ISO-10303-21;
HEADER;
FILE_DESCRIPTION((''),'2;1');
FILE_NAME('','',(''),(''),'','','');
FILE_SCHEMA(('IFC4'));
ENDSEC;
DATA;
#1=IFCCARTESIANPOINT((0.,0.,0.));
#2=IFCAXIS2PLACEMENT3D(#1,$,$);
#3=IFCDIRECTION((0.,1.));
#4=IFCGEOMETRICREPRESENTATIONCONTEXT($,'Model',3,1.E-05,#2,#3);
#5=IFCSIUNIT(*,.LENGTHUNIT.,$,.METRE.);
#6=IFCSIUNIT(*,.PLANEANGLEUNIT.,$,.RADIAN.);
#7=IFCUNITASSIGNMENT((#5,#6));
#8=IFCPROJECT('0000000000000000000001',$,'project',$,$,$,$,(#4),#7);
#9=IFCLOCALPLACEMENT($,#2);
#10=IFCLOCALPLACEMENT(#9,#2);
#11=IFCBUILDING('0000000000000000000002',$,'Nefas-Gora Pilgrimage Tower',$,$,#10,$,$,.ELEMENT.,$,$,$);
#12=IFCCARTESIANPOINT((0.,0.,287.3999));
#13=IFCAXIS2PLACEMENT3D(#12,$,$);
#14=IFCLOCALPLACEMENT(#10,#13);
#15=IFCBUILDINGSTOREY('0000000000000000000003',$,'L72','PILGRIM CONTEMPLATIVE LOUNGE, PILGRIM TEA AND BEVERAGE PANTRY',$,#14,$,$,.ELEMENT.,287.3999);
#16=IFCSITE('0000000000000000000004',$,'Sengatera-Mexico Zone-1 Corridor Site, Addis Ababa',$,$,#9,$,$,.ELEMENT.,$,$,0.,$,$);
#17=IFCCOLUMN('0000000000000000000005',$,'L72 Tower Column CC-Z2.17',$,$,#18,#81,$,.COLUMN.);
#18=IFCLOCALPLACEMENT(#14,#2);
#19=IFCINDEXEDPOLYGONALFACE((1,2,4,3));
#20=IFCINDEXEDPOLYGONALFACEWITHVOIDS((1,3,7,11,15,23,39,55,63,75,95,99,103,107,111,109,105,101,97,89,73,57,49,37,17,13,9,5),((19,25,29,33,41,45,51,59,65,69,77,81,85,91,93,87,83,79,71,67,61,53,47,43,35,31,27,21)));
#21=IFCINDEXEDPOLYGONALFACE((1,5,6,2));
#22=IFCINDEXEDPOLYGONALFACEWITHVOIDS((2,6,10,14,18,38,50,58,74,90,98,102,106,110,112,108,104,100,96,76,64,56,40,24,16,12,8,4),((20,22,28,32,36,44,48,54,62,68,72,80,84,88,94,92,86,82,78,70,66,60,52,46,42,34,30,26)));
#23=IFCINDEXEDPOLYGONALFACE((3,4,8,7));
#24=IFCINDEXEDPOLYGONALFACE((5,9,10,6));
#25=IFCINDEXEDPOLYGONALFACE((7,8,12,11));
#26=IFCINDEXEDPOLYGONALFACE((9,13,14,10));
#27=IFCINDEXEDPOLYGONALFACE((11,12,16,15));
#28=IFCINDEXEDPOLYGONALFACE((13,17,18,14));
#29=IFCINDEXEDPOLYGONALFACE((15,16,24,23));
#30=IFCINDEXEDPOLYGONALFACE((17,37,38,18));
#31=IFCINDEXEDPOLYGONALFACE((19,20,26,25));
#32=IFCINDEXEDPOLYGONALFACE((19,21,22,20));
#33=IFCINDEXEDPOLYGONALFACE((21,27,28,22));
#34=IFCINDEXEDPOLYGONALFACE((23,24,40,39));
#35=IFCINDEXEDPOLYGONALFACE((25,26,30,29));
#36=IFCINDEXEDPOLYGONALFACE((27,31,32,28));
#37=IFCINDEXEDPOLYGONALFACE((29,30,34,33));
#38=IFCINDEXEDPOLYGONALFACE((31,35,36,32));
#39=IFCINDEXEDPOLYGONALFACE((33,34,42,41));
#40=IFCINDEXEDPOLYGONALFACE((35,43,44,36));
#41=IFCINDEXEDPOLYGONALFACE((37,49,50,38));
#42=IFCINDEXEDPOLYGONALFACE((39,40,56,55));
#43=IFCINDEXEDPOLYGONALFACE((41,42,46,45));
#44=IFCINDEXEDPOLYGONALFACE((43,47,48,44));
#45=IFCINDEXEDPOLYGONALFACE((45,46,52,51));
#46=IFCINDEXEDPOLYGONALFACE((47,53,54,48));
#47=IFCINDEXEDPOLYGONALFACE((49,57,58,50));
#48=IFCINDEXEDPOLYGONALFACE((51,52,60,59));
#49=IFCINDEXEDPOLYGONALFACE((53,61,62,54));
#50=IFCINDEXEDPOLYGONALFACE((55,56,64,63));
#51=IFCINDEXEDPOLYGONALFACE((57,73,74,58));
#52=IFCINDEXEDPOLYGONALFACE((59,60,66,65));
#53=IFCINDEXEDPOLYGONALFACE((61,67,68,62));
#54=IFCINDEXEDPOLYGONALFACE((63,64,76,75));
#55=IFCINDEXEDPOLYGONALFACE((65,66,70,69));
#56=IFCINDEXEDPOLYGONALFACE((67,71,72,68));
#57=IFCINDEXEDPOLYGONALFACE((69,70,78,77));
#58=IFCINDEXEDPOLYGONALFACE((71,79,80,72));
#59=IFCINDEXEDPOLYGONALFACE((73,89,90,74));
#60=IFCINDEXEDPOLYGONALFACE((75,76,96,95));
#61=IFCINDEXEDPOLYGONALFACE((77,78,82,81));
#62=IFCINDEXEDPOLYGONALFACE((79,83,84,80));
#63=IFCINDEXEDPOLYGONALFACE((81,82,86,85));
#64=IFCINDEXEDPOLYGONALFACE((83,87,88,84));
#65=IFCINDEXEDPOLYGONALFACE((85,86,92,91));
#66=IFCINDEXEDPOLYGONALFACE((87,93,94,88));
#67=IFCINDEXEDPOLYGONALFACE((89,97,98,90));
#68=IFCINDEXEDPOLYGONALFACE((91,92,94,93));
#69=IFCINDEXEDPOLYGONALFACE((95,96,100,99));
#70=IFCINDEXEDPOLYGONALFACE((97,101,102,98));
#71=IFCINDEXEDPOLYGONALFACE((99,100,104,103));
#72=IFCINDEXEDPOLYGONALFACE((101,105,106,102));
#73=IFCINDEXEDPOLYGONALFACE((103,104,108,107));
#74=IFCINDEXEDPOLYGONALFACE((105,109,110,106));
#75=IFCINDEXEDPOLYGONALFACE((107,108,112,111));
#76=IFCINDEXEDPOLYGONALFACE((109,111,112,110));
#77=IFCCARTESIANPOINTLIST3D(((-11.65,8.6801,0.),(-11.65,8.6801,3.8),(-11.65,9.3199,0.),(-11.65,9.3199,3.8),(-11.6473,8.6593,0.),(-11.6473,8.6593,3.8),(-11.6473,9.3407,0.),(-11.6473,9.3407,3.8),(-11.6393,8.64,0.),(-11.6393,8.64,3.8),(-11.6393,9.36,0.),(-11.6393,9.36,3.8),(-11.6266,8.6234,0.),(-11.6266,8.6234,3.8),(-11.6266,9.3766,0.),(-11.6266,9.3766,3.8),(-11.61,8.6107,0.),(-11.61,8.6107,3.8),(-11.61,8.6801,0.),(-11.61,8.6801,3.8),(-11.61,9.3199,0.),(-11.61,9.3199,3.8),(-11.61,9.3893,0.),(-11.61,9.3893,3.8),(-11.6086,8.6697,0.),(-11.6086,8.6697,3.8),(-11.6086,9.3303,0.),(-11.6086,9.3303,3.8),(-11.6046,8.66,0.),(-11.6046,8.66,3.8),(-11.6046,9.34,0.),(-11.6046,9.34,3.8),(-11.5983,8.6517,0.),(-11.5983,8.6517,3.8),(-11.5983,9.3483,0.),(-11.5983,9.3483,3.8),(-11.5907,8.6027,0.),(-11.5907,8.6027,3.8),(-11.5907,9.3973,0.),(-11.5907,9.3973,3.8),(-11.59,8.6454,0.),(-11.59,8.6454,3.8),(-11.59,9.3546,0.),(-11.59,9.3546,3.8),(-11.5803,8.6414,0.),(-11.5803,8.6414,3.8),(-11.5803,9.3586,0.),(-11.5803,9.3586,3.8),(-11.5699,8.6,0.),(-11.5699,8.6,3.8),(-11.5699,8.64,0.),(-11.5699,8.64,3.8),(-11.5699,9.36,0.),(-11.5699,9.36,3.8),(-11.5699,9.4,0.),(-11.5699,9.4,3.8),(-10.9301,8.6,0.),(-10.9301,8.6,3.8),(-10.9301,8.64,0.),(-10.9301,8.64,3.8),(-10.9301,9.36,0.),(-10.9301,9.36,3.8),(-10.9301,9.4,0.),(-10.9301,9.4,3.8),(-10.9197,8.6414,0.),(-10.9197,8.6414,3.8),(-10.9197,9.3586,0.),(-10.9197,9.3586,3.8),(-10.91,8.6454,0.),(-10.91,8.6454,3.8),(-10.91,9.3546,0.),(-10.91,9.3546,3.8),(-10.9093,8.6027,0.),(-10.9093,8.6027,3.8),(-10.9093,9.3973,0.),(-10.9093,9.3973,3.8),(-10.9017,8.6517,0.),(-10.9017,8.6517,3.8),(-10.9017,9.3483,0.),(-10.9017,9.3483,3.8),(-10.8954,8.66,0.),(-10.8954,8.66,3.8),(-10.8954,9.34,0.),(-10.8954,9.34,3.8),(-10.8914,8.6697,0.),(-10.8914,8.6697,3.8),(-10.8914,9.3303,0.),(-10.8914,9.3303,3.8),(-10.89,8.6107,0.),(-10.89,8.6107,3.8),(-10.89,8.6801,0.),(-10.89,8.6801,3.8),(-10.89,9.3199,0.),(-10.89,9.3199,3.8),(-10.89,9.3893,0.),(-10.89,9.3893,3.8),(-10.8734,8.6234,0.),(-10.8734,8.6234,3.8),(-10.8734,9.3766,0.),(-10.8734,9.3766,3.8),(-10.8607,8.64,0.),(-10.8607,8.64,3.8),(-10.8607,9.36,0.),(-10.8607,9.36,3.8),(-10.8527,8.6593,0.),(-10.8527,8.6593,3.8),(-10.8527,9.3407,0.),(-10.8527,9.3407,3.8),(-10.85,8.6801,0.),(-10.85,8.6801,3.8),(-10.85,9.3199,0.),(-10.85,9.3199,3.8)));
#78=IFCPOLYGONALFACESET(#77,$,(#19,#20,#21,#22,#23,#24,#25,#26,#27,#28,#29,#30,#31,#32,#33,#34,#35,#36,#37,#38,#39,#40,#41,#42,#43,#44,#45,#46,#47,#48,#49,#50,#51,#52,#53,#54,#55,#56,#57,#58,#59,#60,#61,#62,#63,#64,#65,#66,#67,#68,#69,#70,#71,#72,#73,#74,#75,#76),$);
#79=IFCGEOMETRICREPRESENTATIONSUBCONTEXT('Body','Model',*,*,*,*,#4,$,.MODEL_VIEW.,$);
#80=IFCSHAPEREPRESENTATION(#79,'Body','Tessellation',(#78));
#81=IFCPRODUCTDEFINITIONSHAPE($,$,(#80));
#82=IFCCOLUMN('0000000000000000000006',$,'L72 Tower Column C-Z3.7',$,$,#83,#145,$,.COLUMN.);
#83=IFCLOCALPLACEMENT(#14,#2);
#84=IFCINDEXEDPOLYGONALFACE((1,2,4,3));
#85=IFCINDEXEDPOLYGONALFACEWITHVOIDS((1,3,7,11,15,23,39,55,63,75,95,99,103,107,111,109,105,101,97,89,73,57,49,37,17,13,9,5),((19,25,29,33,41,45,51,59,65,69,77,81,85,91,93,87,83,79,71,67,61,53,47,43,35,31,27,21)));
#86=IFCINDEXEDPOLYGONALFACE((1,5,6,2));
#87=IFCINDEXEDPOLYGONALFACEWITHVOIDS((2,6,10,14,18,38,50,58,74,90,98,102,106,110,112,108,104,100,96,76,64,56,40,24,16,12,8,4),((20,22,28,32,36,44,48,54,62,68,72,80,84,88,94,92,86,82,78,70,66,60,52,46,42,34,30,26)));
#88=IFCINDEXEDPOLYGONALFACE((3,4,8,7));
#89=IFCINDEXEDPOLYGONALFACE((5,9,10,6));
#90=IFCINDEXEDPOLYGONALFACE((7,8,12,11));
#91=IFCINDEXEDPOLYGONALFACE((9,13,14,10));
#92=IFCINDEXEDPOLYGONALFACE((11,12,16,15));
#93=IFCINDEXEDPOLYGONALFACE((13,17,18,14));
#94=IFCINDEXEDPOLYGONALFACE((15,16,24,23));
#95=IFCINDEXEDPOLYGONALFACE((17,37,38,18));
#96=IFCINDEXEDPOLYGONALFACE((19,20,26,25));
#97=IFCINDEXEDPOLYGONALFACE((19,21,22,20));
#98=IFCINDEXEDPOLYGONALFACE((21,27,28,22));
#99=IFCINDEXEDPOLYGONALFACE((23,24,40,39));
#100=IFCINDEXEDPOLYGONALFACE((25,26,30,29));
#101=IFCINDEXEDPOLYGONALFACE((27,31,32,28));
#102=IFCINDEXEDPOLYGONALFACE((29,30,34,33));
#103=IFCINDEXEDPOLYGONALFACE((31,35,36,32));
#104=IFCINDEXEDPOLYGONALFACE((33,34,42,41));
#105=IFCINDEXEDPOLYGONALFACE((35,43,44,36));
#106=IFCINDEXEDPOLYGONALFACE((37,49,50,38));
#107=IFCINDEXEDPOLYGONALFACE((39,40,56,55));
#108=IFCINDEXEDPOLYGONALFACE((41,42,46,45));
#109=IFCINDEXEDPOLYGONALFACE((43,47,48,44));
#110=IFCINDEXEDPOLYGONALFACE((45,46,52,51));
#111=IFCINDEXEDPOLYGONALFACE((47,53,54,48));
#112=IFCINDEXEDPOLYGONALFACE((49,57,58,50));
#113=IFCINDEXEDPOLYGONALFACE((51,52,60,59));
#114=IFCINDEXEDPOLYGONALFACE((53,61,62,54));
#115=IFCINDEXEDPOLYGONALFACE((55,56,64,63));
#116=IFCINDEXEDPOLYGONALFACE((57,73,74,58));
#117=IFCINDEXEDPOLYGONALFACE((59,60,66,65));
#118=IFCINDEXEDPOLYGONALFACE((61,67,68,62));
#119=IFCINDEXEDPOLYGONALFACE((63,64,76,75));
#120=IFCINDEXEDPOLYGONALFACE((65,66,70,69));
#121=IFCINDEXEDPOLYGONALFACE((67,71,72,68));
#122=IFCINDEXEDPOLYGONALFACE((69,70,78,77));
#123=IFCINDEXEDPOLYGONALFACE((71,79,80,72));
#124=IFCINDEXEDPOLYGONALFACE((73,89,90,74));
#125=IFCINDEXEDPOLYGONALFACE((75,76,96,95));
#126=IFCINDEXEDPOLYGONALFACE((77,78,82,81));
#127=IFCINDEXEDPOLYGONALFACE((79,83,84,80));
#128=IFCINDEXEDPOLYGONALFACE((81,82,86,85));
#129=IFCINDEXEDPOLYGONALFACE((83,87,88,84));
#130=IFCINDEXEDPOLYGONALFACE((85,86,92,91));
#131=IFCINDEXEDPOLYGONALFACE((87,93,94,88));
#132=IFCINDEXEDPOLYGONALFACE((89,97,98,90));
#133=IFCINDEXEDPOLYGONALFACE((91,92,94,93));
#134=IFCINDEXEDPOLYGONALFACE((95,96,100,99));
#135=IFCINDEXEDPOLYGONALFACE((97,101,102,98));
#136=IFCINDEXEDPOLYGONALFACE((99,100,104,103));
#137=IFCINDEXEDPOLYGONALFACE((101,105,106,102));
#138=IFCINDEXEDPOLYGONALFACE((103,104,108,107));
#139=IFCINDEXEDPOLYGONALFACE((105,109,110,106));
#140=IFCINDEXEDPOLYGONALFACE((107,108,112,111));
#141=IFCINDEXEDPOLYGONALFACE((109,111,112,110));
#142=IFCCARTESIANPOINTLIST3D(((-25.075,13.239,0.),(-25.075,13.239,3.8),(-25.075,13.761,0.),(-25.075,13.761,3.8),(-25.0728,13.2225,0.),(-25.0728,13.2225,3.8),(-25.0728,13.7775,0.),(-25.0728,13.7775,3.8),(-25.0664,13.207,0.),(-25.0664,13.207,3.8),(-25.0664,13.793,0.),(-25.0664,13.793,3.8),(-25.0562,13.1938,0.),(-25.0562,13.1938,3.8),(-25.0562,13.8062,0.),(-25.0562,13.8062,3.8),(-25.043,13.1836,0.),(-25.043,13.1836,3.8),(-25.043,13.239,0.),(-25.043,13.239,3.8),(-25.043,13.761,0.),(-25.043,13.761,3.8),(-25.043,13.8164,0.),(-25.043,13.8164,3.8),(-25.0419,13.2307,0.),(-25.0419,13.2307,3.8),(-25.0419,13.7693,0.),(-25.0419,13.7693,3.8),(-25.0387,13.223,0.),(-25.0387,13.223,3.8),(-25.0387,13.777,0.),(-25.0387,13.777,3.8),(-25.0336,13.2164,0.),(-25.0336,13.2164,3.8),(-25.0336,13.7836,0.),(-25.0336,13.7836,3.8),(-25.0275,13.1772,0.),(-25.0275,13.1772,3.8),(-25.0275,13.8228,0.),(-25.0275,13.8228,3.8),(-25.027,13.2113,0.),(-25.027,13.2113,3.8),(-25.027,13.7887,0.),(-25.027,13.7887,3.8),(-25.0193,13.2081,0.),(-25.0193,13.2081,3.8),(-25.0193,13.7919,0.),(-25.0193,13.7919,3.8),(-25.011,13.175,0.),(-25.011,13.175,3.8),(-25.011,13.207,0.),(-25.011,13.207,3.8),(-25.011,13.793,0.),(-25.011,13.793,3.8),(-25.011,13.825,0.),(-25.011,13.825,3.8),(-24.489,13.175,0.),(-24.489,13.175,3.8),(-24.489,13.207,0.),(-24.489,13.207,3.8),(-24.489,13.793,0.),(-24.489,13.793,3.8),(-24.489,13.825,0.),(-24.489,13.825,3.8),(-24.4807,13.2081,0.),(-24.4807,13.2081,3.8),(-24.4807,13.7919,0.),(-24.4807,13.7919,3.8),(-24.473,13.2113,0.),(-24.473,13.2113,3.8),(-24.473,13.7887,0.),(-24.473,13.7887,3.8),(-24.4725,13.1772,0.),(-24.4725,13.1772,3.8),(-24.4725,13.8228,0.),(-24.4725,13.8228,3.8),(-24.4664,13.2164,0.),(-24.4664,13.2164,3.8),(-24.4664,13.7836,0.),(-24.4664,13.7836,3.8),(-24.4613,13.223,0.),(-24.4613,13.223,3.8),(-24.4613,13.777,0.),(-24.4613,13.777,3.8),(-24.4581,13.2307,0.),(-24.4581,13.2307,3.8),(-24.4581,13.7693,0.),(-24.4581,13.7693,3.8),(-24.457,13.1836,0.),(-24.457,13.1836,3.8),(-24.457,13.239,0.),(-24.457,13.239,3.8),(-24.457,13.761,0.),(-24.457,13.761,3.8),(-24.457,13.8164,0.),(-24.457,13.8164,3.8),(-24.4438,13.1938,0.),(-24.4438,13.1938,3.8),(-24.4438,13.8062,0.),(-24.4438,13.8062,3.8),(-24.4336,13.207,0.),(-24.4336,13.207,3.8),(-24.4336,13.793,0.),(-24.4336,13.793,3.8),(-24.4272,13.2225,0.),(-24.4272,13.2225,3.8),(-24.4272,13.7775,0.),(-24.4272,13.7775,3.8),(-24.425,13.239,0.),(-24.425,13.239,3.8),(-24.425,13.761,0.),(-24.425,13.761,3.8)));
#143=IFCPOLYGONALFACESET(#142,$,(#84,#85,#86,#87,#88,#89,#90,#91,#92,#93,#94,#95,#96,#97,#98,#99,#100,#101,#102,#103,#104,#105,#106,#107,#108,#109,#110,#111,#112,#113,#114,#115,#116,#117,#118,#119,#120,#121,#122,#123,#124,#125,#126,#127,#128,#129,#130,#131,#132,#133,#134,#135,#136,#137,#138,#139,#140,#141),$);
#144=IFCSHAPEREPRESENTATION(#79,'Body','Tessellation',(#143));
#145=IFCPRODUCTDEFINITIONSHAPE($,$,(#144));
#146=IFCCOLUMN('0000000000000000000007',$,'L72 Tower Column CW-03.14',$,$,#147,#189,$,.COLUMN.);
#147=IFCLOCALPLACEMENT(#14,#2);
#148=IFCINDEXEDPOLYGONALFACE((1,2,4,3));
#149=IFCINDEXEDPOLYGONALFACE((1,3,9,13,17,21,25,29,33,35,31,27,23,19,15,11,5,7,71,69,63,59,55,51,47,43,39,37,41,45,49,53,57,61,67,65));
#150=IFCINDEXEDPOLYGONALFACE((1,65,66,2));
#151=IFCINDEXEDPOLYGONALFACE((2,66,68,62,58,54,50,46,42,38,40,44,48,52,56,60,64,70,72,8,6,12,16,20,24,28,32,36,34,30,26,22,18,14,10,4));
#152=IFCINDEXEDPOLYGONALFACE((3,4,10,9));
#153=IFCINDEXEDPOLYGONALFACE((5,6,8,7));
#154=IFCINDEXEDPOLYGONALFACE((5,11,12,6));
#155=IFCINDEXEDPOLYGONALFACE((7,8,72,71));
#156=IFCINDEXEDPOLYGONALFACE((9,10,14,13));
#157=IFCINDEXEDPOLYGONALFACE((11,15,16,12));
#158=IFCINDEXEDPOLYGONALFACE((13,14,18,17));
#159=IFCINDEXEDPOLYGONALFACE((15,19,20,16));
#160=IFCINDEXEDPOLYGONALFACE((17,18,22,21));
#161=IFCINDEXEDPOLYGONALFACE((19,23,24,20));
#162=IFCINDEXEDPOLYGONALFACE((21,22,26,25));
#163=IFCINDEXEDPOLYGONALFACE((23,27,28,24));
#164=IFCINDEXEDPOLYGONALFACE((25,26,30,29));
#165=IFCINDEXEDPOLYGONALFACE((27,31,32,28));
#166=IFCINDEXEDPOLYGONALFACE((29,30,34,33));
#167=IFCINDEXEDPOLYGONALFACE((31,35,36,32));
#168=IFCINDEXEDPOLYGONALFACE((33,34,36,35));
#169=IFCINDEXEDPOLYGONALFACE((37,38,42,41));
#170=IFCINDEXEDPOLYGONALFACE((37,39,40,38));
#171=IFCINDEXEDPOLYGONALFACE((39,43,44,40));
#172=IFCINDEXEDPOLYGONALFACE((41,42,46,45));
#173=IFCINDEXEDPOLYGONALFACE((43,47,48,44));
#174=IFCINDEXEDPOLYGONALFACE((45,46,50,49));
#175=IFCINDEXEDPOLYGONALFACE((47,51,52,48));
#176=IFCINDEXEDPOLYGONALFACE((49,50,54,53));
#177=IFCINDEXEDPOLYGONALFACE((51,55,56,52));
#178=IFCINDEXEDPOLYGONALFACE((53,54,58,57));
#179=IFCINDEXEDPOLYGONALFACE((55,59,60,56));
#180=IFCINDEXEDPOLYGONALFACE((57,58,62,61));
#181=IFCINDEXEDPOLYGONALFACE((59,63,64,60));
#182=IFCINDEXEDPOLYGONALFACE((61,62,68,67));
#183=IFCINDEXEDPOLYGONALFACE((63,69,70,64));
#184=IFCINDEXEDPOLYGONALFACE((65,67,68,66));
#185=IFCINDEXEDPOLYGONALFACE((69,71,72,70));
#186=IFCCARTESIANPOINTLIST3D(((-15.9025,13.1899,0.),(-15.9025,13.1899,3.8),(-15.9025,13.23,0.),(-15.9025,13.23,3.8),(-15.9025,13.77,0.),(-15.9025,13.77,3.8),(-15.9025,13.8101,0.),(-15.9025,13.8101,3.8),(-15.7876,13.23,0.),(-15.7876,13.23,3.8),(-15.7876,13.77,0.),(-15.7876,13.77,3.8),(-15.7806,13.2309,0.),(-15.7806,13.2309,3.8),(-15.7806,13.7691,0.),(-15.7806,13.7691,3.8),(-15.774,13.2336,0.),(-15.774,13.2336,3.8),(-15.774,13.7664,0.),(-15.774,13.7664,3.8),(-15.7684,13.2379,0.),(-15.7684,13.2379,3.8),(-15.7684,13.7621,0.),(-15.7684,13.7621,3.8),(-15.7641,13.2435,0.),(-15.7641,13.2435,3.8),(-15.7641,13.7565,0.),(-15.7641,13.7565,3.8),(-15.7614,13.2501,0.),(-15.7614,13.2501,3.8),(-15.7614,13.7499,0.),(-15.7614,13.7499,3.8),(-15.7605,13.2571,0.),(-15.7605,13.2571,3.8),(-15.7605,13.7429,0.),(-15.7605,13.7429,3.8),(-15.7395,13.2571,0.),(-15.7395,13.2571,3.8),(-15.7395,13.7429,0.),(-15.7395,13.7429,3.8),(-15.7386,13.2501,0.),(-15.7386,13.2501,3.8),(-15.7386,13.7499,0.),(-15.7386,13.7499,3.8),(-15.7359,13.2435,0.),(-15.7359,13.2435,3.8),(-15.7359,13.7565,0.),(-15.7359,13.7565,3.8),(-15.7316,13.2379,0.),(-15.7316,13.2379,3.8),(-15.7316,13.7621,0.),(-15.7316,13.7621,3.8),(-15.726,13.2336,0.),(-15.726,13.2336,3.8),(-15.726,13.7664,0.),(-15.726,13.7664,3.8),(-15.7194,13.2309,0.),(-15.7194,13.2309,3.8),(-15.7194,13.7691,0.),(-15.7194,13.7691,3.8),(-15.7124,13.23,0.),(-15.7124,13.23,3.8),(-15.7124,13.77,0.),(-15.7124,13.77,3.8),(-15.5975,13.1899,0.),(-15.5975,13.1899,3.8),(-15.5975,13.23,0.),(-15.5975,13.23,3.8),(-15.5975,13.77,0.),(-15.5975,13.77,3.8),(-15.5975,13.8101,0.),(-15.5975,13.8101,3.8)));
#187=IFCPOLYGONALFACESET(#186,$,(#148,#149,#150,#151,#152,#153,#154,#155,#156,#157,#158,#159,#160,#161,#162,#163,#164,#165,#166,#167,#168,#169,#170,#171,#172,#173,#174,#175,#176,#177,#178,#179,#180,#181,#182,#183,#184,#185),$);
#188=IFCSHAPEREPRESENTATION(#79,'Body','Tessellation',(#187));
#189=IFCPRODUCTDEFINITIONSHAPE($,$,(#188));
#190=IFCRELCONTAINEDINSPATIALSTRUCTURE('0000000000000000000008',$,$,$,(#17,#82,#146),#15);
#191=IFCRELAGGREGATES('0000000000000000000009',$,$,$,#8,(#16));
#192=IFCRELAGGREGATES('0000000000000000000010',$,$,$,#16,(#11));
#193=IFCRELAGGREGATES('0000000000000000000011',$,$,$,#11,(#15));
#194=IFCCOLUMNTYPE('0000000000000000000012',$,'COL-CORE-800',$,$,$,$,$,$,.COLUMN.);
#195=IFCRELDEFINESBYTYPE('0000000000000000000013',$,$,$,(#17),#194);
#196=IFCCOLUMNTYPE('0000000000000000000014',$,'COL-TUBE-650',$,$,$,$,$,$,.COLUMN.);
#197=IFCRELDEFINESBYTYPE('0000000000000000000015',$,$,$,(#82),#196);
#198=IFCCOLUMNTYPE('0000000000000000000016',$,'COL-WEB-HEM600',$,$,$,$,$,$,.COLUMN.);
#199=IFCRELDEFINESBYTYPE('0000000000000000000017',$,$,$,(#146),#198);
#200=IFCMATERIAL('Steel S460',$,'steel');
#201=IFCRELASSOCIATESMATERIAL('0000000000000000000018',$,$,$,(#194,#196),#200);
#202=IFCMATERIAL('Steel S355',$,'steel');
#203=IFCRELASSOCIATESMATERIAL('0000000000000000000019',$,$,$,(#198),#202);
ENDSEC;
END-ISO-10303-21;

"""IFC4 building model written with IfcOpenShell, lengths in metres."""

from ifc_helpers import new_model, si_unit, direction, frame, origin, origin_2d, place, context, subcontext, project, spatial, hollow_rectangle, i_section, extrude, source, transform, mapped, material, material_profile, profile_set, type_object, element, save


model = new_model("IFC4")

# Units and contexts
model_context = context("Model", 3, precision=1e-05, world=origin(), true_north=direction((0.0, 1.0)))
body_context = subcontext(model_context, "Body", "Model", "MODEL_VIEW")
ifc_project = project(units=[si_unit("LENGTHUNIT", "METRE"), si_unit("PLANEANGLEUNIT", "RADIAN")], contexts=[model_context])

# Site, building, storey
site_placement = place(None, origin())
site = spatial("IfcSite", under=ifc_project, at=site_placement, Name="Sengatera-Mexico Zone-1 Corridor Site, Addis Ababa", CompositionType="ELEMENT", RefElevation=0.0)
building_placement = place(site_placement, origin())
building = spatial("IfcBuilding", under=site, at=building_placement, Name="Nefas-Gora Pilgrimage Tower", CompositionType="ELEMENT")
storey_placement = place(building_placement, frame((0.0, 0.0, 287.3999)))
storey = spatial("IfcBuildingStorey", under=building, at=storey_placement, Name="L72", Description="PILGRIM CONTEMPLATIVE LOUNGE, PILGRIM TEA AND BEVERAGE PANTRY", CompositionType="ELEMENT", Elevation=287.3999)

# Columns
ifc_material_1 = material(Name="Steel S460", Category="steel")
ifc_material_profile_1 = material_profile(ifc_material_1, hollow_rectangle(XDim=0.8, YDim=0.8, WallThickness=0.04, InnerFilletRadius=0.04, OuterFilletRadius=0.0801, at=origin_2d()), Name="BOX 800x800x40")
ifc_profile_set_1 = profile_set([ifc_material_profile_1], Name="Steel S460")
column_type_1 = type_object("IfcColumnType", Name="COL-CORE-800", PredefinedType="COLUMN", material=ifc_profile_set_1)
shared_shape_1 = source(origin(), body_context, "Body", "SweptSolid", [
    extrude(hollow_rectangle(XDim=0.8, YDim=0.8, WallThickness=0.04, InnerFilletRadius=0.04, OuterFilletRadius=0.0801, at=origin_2d()), origin(), (0.0, 0.0, 1.0), 3.8),
])
column_1_placement = place(storey_placement, frame((-11.25, 9.0, 0.0), z_axis=(0.0, 0.0, 1.0), x_axis=(1.0, 0.0, 0.0)))
element("IfcColumn", 1, at=column_1_placement, inside=storey, type_object=column_type_1, Name="L72 Tower Column CC-Z2.17", PredefinedType="COLUMN", context=body_context, shape_type="MappedRepresentation", body=[
    mapped(shared_shape_1, transform((0.0, 0.0, 0.0), x_axis=(1.0, 0.0, 0.0), y_axis=(0.0, 1.0, 0.0), z_axis=(0.0, 0.0, 1.0), scale=1.0)),
])
ifc_material_profile_2 = material_profile(ifc_material_1, hollow_rectangle(XDim=0.6499, YDim=0.6499, WallThickness=0.032, InnerFilletRadius=0.032, OuterFilletRadius=0.064, at=origin_2d()), Name="BOX 650x650x32")
ifc_profile_set_2 = profile_set([ifc_material_profile_2], Name="Steel S460")
column_type_2 = type_object("IfcColumnType", Name="COL-TUBE-650", PredefinedType="COLUMN", material=ifc_profile_set_2)
shared_shape_2 = source(origin(), body_context, "Body", "SweptSolid", [
    extrude(hollow_rectangle(XDim=0.6499, YDim=0.6499, WallThickness=0.032, InnerFilletRadius=0.032, OuterFilletRadius=0.064, at=origin_2d()), origin(), (0.0, 0.0, 1.0), 3.8),
])
column_2_placement = place(storey_placement, frame((-24.75, 13.5, 0.0), z_axis=(0.0, 0.0, 1.0), x_axis=(1.0, 0.0, 0.0)))
element("IfcColumn", 2, at=column_2_placement, inside=storey, type_object=column_type_2, Name="L72 Tower Column C-Z3.7", PredefinedType="COLUMN", context=body_context, shape_type="MappedRepresentation", body=[
    mapped(shared_shape_2, transform((0.0, 0.0, 0.0), x_axis=(1.0, 0.0, 0.0), y_axis=(0.0, 1.0, 0.0), z_axis=(0.0, 0.0, 1.0), scale=1.0)),
])
ifc_material_2 = material(Name="Steel S355", Category="steel")
ifc_material_profile_3 = material_profile(ifc_material_2, i_section(OverallWidth=0.3049, OverallDepth=0.6201, WebThickness=0.021, FlangeThickness=0.04, FilletRadius=0.0271, at=origin_2d()), Name="HEM 600")
ifc_profile_set_3 = profile_set([ifc_material_profile_3], Name="Steel S355")
column_type_3 = type_object("IfcColumnType", Name="COL-WEB-HEM600", PredefinedType="COLUMN", material=ifc_profile_set_3)
shared_shape_3 = source(origin(), body_context, "Body", "SweptSolid", [
    extrude(i_section(OverallWidth=0.3049, OverallDepth=0.6201, WebThickness=0.021, FlangeThickness=0.04, FilletRadius=0.0271, at=origin_2d()), origin(), (0.0, 0.0, 1.0), 3.8),
])
for number, where, z_axis, x_axis, name in (
    (3, (-15.75, 13.5, 0.0), (0.0, 0.0, 1.0), (1.0, 0.0, 0.0), "L72 Tower Column CW-03.14"),
):
    element("IfcColumn", number, at=place(storey_placement, frame(where, z_axis=z_axis, x_axis=x_axis)), inside=storey, type_object=column_type_3, Name=name, PredefinedType="COLUMN", context=body_context, shape_type="MappedRepresentation", body=[
        mapped(shared_shape_3, transform((0.0, 0.0, 0.0), x_axis=(1.0, 0.0, 0.0), y_axis=(0.0, 1.0, 0.0), z_axis=(0.0, 0.0, 1.0), scale=1.0)),
    ])

save(model, "model.ifc")
